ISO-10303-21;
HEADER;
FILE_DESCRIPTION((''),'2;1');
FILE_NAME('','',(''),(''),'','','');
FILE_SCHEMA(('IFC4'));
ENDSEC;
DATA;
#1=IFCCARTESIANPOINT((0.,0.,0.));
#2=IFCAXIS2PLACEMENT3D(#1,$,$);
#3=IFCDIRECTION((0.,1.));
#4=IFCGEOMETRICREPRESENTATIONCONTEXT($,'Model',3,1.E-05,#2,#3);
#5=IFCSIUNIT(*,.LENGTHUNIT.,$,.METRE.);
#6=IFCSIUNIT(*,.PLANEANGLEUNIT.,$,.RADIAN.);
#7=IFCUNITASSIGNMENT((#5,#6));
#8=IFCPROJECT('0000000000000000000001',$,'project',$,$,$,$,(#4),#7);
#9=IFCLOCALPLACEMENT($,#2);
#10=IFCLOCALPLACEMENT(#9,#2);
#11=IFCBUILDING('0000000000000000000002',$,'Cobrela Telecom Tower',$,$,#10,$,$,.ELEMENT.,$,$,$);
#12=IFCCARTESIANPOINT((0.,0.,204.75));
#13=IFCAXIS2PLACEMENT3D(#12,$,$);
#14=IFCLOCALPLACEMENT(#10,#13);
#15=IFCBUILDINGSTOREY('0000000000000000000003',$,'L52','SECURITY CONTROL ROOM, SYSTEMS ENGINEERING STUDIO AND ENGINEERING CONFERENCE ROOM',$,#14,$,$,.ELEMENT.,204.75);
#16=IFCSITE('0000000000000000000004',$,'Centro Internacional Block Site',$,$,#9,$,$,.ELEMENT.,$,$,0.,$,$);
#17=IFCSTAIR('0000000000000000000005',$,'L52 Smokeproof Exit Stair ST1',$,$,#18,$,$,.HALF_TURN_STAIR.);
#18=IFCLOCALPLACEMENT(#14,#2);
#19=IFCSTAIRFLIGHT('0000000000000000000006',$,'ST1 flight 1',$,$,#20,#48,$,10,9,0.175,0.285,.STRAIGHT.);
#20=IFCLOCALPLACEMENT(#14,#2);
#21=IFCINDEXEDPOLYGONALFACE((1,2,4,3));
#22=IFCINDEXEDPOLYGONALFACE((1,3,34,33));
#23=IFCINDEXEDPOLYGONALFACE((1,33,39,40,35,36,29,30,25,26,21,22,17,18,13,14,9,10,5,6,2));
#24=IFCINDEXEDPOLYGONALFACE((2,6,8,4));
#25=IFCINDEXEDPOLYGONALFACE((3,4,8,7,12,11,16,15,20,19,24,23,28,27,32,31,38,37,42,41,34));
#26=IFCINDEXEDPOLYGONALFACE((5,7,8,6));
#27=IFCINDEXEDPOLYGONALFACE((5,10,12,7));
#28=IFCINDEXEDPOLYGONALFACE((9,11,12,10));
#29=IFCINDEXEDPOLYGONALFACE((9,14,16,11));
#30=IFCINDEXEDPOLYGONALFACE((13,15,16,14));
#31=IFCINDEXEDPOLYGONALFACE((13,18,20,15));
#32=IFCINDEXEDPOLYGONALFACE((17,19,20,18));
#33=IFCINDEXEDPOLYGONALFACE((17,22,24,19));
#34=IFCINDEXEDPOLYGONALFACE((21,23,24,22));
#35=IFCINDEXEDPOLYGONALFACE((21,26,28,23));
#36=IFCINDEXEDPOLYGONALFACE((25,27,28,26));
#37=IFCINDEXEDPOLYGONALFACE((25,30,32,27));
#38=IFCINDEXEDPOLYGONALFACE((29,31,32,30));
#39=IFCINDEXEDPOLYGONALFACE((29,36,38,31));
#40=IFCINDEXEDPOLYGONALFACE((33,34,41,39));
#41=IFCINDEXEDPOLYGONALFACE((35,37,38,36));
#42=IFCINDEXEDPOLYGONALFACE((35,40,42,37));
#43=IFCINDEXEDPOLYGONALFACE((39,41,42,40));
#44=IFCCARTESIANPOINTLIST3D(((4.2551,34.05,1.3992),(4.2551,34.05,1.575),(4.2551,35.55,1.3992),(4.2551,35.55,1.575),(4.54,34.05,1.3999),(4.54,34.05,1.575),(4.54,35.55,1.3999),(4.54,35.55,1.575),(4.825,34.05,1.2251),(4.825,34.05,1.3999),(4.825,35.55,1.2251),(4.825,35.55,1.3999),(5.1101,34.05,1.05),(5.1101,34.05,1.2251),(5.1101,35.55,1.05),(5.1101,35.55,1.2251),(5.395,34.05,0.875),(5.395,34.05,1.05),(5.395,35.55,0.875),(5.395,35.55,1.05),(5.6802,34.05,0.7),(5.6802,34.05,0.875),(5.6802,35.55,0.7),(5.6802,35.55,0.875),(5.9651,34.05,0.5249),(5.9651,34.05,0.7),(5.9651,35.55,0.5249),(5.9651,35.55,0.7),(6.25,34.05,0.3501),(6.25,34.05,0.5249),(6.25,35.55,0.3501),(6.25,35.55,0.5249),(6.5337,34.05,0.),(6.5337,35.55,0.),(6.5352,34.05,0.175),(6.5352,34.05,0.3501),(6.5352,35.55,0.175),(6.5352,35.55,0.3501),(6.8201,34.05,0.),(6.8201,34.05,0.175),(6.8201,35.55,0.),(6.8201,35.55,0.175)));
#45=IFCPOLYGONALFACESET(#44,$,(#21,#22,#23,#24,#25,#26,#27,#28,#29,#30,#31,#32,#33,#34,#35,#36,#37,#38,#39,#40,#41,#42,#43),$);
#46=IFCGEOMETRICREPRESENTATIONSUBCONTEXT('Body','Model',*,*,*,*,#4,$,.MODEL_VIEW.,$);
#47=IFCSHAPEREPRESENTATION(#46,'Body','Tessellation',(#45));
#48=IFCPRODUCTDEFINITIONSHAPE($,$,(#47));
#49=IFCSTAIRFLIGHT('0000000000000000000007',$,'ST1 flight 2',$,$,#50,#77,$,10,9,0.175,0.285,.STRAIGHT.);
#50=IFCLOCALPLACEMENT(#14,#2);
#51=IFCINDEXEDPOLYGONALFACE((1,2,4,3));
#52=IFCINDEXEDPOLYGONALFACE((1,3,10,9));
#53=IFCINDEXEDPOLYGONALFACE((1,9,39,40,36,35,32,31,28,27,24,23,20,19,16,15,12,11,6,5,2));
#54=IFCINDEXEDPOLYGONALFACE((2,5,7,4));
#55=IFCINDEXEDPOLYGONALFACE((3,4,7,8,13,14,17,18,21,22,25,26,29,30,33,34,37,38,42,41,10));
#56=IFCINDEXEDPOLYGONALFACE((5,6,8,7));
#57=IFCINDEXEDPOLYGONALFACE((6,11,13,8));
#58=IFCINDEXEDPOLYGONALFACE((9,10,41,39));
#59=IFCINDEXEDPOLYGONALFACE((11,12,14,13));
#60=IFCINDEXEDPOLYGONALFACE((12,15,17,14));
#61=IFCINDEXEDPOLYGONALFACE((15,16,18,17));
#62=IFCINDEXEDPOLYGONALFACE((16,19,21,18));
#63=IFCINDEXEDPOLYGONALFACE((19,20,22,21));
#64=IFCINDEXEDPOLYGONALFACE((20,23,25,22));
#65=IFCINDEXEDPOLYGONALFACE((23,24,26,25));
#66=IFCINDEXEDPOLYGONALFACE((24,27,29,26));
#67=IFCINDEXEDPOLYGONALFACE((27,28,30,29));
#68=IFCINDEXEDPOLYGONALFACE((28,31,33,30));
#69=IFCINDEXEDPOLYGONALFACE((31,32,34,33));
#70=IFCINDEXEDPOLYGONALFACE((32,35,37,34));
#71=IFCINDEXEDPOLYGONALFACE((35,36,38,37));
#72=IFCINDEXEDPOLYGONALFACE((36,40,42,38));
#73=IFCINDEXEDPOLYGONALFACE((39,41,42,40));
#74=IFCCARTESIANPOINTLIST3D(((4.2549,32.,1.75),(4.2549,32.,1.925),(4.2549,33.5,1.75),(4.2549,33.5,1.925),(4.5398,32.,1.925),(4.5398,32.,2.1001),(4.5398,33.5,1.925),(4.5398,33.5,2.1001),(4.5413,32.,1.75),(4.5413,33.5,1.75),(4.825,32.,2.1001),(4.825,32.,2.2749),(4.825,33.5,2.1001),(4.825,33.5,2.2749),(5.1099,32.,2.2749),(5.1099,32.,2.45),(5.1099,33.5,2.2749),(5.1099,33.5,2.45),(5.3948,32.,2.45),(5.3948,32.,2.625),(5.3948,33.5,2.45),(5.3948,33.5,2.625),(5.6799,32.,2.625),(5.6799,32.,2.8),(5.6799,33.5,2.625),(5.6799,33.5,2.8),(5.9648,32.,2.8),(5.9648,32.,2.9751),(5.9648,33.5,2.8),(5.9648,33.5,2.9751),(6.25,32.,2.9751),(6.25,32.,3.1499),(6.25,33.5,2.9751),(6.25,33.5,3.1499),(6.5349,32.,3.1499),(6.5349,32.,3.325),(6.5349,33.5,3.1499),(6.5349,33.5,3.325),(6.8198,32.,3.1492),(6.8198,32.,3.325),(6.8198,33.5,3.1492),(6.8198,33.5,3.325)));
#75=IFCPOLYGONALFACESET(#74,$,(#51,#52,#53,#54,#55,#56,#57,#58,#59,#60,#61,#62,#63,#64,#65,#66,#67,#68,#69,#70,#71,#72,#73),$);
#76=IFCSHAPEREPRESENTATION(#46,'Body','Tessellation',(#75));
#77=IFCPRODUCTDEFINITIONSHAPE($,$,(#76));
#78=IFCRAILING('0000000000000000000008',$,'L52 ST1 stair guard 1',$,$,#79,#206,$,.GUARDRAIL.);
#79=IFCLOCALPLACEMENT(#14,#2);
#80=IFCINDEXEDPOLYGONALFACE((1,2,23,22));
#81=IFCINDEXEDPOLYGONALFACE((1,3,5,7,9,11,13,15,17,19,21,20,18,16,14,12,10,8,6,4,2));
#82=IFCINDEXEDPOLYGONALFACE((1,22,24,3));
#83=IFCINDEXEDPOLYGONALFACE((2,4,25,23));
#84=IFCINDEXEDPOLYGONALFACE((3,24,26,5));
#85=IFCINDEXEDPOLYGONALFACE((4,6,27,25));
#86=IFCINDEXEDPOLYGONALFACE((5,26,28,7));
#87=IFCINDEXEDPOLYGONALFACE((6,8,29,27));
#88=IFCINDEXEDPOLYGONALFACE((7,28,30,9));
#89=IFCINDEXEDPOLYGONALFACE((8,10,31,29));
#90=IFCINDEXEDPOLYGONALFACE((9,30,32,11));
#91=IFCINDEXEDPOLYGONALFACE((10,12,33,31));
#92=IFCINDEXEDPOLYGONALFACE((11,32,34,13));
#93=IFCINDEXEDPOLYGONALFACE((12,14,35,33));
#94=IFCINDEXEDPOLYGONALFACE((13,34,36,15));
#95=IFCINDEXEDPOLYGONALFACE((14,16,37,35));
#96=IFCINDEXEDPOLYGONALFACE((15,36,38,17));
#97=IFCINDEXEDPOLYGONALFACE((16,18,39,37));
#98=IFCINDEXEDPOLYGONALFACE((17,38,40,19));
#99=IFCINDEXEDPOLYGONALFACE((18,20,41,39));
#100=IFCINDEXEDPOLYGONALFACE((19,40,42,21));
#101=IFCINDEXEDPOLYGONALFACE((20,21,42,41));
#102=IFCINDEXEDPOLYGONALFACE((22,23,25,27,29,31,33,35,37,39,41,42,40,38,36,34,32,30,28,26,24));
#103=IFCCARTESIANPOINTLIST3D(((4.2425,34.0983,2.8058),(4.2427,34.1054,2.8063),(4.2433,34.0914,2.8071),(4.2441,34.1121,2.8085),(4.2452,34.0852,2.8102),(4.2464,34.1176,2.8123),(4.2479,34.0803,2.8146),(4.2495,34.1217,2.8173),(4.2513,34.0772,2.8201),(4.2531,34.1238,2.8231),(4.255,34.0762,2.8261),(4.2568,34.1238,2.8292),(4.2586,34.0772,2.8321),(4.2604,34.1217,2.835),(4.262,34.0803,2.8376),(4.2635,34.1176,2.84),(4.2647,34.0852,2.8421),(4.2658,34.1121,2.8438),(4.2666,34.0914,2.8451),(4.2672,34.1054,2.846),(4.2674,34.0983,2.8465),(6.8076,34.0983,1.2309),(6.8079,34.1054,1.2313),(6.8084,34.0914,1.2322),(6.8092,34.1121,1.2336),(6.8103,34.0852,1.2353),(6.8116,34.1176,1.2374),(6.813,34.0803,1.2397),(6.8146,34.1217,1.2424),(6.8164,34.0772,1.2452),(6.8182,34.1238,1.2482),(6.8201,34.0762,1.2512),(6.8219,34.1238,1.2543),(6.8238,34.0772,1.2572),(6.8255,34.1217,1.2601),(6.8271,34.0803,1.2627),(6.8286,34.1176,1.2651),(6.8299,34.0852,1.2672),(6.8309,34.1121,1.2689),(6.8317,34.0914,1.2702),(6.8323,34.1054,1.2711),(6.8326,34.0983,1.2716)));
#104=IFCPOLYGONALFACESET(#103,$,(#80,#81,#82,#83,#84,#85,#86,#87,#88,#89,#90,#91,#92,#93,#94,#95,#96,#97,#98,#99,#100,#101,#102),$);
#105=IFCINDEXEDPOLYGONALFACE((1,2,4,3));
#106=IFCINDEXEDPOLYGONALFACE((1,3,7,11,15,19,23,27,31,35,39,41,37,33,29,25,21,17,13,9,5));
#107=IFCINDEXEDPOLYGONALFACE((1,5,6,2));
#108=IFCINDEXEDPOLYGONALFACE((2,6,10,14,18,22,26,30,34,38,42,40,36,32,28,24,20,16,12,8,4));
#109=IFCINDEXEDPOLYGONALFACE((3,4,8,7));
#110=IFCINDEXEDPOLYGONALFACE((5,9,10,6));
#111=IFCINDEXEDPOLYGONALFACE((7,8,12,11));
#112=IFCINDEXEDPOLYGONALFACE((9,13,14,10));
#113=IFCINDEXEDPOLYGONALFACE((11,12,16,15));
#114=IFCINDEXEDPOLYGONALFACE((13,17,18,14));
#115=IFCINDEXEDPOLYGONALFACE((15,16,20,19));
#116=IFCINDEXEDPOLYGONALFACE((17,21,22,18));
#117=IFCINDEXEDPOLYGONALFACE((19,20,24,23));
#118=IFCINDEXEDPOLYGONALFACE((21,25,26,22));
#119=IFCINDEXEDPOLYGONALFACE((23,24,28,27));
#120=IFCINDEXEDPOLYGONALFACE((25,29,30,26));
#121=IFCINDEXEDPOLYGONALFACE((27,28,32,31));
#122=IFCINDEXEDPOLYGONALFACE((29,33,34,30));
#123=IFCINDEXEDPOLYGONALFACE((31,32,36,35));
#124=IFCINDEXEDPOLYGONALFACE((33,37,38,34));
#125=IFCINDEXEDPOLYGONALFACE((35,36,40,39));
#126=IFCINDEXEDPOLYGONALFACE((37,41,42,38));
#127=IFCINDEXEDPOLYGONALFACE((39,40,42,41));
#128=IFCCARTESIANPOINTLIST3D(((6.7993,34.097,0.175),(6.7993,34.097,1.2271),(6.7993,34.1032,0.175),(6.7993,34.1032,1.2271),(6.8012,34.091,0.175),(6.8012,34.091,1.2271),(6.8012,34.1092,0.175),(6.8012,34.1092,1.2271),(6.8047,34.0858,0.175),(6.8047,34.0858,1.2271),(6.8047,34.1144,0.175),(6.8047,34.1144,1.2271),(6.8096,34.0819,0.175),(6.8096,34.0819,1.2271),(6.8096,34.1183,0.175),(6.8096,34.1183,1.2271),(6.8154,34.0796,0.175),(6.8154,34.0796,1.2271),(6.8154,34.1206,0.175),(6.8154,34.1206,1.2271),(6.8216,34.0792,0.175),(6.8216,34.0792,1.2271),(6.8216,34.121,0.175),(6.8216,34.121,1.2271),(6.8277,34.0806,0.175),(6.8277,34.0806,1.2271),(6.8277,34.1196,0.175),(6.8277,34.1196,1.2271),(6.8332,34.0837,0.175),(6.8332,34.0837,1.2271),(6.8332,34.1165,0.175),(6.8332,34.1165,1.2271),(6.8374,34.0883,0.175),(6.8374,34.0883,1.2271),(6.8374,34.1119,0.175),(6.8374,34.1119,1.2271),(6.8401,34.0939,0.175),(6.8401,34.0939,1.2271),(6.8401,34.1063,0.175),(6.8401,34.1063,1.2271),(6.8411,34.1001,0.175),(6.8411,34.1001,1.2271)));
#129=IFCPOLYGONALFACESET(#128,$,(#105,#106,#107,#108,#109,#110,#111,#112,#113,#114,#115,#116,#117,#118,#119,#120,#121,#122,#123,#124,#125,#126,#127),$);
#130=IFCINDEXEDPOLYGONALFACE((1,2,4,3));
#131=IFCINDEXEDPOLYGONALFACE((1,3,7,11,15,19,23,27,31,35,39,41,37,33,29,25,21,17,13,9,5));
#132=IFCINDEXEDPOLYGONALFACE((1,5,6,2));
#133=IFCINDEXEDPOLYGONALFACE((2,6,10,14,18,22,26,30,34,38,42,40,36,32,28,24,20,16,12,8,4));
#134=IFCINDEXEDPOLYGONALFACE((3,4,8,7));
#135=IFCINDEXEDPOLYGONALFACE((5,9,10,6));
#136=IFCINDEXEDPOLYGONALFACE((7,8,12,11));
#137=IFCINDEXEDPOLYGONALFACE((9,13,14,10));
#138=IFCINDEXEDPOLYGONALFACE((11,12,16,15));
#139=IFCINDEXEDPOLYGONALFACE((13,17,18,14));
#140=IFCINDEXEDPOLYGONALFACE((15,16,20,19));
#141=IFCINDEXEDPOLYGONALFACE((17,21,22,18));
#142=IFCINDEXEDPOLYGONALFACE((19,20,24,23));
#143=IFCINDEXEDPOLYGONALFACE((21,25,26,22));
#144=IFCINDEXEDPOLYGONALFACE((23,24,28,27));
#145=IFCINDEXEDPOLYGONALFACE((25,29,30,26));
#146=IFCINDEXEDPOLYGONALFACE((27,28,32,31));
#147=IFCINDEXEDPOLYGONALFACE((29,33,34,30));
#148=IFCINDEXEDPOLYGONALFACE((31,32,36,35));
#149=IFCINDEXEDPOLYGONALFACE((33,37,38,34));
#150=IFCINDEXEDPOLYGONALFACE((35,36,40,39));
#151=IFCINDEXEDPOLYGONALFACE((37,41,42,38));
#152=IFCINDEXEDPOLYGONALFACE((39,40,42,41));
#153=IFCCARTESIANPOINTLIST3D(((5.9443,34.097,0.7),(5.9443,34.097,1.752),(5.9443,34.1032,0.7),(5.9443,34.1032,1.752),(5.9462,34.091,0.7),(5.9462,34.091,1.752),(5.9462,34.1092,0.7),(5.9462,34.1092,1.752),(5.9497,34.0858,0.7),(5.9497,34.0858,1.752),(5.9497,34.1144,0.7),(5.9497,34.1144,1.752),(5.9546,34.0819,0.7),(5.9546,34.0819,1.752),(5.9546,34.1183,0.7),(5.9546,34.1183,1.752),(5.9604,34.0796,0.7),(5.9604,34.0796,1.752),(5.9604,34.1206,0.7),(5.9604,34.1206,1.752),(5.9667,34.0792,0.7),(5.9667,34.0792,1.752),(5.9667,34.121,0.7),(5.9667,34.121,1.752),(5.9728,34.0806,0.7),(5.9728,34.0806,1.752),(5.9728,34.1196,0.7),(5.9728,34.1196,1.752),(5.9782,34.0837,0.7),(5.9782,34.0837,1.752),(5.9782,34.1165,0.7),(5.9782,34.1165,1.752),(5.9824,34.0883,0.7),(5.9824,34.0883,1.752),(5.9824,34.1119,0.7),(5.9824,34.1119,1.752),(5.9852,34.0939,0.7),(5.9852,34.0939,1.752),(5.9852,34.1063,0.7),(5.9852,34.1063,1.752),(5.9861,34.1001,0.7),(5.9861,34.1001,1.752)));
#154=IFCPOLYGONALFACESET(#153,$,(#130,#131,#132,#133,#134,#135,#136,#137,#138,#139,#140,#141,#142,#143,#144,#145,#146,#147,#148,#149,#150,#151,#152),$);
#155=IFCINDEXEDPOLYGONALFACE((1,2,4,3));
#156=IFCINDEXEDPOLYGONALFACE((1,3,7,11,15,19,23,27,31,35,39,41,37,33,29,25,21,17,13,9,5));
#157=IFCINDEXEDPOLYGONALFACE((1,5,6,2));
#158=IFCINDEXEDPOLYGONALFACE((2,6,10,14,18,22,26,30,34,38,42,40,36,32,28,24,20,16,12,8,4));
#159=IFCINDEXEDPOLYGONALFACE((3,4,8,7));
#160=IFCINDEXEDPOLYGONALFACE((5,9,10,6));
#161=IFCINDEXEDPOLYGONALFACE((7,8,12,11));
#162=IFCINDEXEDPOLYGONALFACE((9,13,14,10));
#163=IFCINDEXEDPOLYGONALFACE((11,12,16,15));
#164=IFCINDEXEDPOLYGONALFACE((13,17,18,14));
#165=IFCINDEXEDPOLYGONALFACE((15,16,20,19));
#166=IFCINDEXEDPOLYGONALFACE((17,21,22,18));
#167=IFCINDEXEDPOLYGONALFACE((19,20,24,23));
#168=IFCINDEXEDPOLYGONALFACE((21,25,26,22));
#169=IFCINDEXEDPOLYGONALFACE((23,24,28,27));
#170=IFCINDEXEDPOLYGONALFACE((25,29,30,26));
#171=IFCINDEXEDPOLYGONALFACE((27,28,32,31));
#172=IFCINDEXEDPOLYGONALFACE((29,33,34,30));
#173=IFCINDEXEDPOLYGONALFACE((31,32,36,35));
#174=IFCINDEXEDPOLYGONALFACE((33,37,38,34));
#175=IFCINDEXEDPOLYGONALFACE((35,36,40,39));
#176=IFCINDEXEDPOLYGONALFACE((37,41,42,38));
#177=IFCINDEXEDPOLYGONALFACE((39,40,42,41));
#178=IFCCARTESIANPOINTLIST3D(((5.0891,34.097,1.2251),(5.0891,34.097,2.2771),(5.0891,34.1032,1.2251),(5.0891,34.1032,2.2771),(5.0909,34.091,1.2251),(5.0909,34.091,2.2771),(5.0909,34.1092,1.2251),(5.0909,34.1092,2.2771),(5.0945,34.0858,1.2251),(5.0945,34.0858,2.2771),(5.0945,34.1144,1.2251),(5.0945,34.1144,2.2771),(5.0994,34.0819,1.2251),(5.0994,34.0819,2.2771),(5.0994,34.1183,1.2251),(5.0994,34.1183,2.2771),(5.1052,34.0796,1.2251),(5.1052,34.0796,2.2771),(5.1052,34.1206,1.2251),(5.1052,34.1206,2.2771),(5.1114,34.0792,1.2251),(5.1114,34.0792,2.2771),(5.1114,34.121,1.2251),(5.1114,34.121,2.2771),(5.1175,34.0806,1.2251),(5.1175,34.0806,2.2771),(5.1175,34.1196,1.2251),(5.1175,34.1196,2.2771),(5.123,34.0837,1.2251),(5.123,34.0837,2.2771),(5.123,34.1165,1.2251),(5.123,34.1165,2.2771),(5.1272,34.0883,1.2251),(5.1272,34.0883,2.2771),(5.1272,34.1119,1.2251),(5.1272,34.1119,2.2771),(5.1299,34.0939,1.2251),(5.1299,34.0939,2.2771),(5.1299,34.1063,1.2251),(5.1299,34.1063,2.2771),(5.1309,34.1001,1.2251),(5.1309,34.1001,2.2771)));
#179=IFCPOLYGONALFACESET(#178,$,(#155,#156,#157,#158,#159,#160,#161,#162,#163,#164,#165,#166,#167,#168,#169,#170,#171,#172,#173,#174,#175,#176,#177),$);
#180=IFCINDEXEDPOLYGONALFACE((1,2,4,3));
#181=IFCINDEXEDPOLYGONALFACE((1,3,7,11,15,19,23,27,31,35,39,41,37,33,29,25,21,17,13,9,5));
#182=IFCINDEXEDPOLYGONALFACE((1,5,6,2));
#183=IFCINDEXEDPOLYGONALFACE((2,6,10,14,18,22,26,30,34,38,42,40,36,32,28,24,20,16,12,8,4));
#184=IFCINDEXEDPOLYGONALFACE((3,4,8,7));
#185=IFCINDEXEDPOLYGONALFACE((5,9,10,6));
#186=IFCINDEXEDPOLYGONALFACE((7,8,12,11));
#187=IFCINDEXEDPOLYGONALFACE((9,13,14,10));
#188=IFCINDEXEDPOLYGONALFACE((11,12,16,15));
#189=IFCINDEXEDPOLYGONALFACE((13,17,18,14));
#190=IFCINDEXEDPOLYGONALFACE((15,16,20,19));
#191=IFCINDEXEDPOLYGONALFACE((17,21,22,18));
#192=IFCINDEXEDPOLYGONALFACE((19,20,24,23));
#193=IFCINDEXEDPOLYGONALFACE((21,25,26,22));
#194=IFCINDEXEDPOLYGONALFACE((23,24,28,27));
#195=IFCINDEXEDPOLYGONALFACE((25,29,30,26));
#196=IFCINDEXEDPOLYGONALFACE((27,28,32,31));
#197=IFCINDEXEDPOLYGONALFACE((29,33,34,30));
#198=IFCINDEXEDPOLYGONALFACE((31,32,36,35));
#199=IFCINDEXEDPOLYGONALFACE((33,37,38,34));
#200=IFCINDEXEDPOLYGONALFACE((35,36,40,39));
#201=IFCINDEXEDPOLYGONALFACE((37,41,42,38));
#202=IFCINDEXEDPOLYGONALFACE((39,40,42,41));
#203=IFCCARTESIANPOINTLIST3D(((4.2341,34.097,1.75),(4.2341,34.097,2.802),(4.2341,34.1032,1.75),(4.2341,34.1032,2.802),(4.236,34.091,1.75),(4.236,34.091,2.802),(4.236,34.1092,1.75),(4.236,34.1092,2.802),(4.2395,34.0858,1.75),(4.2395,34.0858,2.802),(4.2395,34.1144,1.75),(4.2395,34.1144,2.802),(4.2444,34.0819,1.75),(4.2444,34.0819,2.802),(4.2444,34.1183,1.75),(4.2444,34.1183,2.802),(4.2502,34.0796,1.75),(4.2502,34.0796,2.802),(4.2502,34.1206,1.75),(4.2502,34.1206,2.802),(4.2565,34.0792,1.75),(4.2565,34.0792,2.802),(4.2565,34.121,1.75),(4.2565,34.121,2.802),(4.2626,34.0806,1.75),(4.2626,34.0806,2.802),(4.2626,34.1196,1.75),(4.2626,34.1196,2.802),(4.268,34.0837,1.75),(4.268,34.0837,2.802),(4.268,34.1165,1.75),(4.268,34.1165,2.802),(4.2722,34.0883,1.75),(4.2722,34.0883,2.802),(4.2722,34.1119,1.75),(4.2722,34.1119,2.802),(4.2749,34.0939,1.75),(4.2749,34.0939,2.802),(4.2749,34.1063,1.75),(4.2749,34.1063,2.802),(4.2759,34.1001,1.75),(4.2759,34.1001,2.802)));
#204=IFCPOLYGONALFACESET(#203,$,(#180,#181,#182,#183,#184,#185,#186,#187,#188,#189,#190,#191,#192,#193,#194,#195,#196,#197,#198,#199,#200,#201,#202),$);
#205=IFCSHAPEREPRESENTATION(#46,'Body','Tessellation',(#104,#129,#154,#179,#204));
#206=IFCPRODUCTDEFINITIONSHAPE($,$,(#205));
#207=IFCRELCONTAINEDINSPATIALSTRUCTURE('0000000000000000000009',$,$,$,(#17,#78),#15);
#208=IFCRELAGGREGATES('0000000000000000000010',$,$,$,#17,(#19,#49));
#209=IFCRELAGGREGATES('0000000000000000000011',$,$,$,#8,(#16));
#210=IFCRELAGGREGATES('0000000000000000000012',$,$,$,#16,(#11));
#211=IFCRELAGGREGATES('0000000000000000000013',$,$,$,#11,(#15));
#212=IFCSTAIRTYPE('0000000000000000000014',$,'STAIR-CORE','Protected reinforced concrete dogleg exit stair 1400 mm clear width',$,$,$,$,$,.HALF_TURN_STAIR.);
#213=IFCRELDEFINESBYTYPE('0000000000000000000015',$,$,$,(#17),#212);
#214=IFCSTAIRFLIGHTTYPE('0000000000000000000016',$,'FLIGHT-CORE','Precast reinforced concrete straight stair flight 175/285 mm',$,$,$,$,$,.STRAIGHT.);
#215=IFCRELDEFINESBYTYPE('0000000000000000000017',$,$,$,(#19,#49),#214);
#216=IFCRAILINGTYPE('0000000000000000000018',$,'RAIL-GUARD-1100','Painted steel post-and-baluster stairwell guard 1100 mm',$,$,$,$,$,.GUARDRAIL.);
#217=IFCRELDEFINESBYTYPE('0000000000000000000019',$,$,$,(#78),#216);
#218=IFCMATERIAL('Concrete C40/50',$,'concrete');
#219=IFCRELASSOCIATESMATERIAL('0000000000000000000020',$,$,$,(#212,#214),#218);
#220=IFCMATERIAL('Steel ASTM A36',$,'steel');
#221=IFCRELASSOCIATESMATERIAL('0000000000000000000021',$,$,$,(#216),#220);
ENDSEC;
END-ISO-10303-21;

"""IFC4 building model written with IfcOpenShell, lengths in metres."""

from ifc_helpers import new_model, si_unit, direction, frame, origin, origin_2d, place, context, subcontext, project, spatial, polyline, circle, outline, extrude, material, type_object, element, aggregate, save


model = new_model("IFC4")

# Units and contexts
model_context = context("Model", 3, precision=1e-05, world=origin(), true_north=direction((0.0, 1.0)))
body_context = subcontext(model_context, "Body", "Model", "MODEL_VIEW")
ifc_project = project(units=[si_unit("LENGTHUNIT", "METRE"), si_unit("PLANEANGLEUNIT", "RADIAN")], contexts=[model_context])

# Site, building, storey
site_placement = place(None, origin())
site = spatial("IfcSite", under=ifc_project, at=site_placement, Name="Centro Internacional Block Site", CompositionType="ELEMENT", RefElevation=0.0)
building_placement = place(site_placement, origin())
building = spatial("IfcBuilding", under=site, at=building_placement, Name="Cobrela Telecom Tower", CompositionType="ELEMENT")
storey_placement = place(building_placement, frame((0.0, 0.0, 204.75)))
storey = spatial("IfcBuildingStorey", under=building, at=storey_placement, Name="L52", Description="SECURITY CONTROL ROOM, SYSTEMS ENGINEERING STUDIO AND ENGINEERING CONFERENCE ROOM", CompositionType="ELEMENT", Elevation=204.75)

# Shared definitions
ifc_material_1 = material(Name="Concrete C40/50", Category="concrete")

# Shared definitions
ifc_material_2 = material(Name="Steel ASTM A36", Category="steel")

# Stair, stair flights
stair_type = type_object("IfcStairType", Name="STAIR-CORE", Description="Protected reinforced concrete dogleg exit stair 1400 mm clear width", PredefinedType="HALF_TURN_STAIR", material=ifc_material_1)
stair_placement = place(storey_placement, origin())
stair = element("IfcStair", 1, at=stair_placement, inside=storey, type_object=stair_type, Name="L52 Smokeproof Exit Stair ST1", PredefinedType="HALF_TURN_STAIR")
stair_flight_type = type_object("IfcStairFlightType", Name="FLIGHT-CORE", Description="Precast reinforced concrete straight stair flight 175/285 mm", PredefinedType="STRAIGHT", material=ifc_material_1)
stair_flight_1_placement = place(storey_placement, frame((6.8201, 34.8, 0.0), z_axis=(0.0, 0.0, 1.0), x_axis=(-1.0, 0.0, 0.0)))
stair_flight_1 = element("IfcStairFlight", 2, at=stair_flight_1_placement, type_object=stair_flight_type, Name="ST1 flight 1", NumberOfRisers=10, NumberOfTreads=9, PredefinedType="STRAIGHT", RiserHeight=0.175, TreadLength=0.285, context=body_context, shape_type="SweptSolid", body=[
    extrude(outline(polyline([(0.0, 0.0), (0.0, 0.175), (0.2849, 0.175), (0.2849, 0.3501), (0.5701, 0.3501), (0.5701, 0.5249), (0.855, 0.5249), (0.855, 0.7), (1.1399, 0.7), (1.1399, 0.875), (1.425, 0.875), (1.425, 1.05), (1.71, 1.05), (1.71, 1.2251), (1.9951, 1.2251), (1.9951, 1.3999), (2.28, 1.3999), (2.28, 1.575), (2.5649, 1.575), (2.5649, 1.75), (2.5649, 1.3992), (0.2864, 0.0), (0.0, 0.0)])), frame((0.0, 0.75, 0.0), z_axis=(0.0, -1.0, 0.0), x_axis=(1.0, 0.0, 0.0)), (0.0, 0.0, 1.0), 1.5),
])
stair_flight_2_placement = place(storey_placement, frame((4.2549, 32.75, 1.75), z_axis=(0.0, 0.0, 1.0), x_axis=(1.0, 0.0, 0.0)))
stair_flight_2 = element("IfcStairFlight", 3, at=stair_flight_2_placement, type_object=stair_flight_type, Name="ST1 flight 2", NumberOfRisers=10, NumberOfTreads=9, PredefinedType="STRAIGHT", RiserHeight=0.175, TreadLength=0.285, context=body_context, shape_type="SweptSolid", body=[
    extrude(outline(polyline([(0.0, 0.0), (0.0, 0.175), (0.2849, 0.175), (0.2849, 0.3501), (0.5701, 0.3501), (0.5701, 0.5249), (0.855, 0.5249), (0.855, 0.7), (1.1399, 0.7), (1.1399, 0.875), (1.425, 0.875), (1.425, 1.05), (1.71, 1.05), (1.71, 1.2251), (1.9951, 1.2251), (1.9951, 1.3999), (2.28, 1.3999), (2.28, 1.575), (2.5649, 1.575), (2.5649, 1.75), (2.5649, 1.3992), (0.2864, 0.0), (0.0, 0.0)])), frame((0.0, 0.75, 0.0), z_axis=(0.0, -1.0, 0.0), x_axis=(1.0, 0.0, 0.0)), (0.0, 0.0, 1.0), 1.5),
])
aggregate(stair, [stair_flight_1, stair_flight_2])

# Railing
railing_type_1 = type_object("IfcRailingType", Name="RAIL-GUARD-1100", Description="Painted steel post-and-baluster stairwell guard 1100 mm", PredefinedType="GUARDRAIL", material=ifc_material_2)
railing_1_placement = place(storey_placement, frame((6.8201, 34.1001, 0.175)))
element("IfcRailing", 4, at=railing_1_placement, inside=storey, type_object=railing_type_1, Name="L52 ST1 stair guard 1", PredefinedType="GUARDRAIL", context=body_context, shape_type="SweptSolid", body=[
    extrude(circle(Radius=0.0239, at=origin_2d()), frame((0.0, 0.0, 1.0762), z_axis=(-0.852195, 0.0, 0.523224), x_axis=(0.0, -1.0, 0.0)), (0.0, 0.0, 1.0), 3.01),
    extrude(circle(Radius=0.021, at=origin_2d()), origin(), (0.0, 0.0, 1.0), 1.052),
    extrude(circle(Radius=0.021, at=origin_2d()), frame((-0.855, 0.0, 0.5249)), (0.0, 0.0, 1.0), 1.052),
    extrude(circle(Radius=0.021, at=origin_2d()), frame((-1.7102, 0.0, 1.05)), (0.0, 0.0, 1.0), 1.052),
    extrude(circle(Radius=0.021, at=origin_2d()), frame((-2.5652, 0.0, 1.575)), (0.0, 0.0, 1.0), 1.052),
])

save(model, "model.ifc")
